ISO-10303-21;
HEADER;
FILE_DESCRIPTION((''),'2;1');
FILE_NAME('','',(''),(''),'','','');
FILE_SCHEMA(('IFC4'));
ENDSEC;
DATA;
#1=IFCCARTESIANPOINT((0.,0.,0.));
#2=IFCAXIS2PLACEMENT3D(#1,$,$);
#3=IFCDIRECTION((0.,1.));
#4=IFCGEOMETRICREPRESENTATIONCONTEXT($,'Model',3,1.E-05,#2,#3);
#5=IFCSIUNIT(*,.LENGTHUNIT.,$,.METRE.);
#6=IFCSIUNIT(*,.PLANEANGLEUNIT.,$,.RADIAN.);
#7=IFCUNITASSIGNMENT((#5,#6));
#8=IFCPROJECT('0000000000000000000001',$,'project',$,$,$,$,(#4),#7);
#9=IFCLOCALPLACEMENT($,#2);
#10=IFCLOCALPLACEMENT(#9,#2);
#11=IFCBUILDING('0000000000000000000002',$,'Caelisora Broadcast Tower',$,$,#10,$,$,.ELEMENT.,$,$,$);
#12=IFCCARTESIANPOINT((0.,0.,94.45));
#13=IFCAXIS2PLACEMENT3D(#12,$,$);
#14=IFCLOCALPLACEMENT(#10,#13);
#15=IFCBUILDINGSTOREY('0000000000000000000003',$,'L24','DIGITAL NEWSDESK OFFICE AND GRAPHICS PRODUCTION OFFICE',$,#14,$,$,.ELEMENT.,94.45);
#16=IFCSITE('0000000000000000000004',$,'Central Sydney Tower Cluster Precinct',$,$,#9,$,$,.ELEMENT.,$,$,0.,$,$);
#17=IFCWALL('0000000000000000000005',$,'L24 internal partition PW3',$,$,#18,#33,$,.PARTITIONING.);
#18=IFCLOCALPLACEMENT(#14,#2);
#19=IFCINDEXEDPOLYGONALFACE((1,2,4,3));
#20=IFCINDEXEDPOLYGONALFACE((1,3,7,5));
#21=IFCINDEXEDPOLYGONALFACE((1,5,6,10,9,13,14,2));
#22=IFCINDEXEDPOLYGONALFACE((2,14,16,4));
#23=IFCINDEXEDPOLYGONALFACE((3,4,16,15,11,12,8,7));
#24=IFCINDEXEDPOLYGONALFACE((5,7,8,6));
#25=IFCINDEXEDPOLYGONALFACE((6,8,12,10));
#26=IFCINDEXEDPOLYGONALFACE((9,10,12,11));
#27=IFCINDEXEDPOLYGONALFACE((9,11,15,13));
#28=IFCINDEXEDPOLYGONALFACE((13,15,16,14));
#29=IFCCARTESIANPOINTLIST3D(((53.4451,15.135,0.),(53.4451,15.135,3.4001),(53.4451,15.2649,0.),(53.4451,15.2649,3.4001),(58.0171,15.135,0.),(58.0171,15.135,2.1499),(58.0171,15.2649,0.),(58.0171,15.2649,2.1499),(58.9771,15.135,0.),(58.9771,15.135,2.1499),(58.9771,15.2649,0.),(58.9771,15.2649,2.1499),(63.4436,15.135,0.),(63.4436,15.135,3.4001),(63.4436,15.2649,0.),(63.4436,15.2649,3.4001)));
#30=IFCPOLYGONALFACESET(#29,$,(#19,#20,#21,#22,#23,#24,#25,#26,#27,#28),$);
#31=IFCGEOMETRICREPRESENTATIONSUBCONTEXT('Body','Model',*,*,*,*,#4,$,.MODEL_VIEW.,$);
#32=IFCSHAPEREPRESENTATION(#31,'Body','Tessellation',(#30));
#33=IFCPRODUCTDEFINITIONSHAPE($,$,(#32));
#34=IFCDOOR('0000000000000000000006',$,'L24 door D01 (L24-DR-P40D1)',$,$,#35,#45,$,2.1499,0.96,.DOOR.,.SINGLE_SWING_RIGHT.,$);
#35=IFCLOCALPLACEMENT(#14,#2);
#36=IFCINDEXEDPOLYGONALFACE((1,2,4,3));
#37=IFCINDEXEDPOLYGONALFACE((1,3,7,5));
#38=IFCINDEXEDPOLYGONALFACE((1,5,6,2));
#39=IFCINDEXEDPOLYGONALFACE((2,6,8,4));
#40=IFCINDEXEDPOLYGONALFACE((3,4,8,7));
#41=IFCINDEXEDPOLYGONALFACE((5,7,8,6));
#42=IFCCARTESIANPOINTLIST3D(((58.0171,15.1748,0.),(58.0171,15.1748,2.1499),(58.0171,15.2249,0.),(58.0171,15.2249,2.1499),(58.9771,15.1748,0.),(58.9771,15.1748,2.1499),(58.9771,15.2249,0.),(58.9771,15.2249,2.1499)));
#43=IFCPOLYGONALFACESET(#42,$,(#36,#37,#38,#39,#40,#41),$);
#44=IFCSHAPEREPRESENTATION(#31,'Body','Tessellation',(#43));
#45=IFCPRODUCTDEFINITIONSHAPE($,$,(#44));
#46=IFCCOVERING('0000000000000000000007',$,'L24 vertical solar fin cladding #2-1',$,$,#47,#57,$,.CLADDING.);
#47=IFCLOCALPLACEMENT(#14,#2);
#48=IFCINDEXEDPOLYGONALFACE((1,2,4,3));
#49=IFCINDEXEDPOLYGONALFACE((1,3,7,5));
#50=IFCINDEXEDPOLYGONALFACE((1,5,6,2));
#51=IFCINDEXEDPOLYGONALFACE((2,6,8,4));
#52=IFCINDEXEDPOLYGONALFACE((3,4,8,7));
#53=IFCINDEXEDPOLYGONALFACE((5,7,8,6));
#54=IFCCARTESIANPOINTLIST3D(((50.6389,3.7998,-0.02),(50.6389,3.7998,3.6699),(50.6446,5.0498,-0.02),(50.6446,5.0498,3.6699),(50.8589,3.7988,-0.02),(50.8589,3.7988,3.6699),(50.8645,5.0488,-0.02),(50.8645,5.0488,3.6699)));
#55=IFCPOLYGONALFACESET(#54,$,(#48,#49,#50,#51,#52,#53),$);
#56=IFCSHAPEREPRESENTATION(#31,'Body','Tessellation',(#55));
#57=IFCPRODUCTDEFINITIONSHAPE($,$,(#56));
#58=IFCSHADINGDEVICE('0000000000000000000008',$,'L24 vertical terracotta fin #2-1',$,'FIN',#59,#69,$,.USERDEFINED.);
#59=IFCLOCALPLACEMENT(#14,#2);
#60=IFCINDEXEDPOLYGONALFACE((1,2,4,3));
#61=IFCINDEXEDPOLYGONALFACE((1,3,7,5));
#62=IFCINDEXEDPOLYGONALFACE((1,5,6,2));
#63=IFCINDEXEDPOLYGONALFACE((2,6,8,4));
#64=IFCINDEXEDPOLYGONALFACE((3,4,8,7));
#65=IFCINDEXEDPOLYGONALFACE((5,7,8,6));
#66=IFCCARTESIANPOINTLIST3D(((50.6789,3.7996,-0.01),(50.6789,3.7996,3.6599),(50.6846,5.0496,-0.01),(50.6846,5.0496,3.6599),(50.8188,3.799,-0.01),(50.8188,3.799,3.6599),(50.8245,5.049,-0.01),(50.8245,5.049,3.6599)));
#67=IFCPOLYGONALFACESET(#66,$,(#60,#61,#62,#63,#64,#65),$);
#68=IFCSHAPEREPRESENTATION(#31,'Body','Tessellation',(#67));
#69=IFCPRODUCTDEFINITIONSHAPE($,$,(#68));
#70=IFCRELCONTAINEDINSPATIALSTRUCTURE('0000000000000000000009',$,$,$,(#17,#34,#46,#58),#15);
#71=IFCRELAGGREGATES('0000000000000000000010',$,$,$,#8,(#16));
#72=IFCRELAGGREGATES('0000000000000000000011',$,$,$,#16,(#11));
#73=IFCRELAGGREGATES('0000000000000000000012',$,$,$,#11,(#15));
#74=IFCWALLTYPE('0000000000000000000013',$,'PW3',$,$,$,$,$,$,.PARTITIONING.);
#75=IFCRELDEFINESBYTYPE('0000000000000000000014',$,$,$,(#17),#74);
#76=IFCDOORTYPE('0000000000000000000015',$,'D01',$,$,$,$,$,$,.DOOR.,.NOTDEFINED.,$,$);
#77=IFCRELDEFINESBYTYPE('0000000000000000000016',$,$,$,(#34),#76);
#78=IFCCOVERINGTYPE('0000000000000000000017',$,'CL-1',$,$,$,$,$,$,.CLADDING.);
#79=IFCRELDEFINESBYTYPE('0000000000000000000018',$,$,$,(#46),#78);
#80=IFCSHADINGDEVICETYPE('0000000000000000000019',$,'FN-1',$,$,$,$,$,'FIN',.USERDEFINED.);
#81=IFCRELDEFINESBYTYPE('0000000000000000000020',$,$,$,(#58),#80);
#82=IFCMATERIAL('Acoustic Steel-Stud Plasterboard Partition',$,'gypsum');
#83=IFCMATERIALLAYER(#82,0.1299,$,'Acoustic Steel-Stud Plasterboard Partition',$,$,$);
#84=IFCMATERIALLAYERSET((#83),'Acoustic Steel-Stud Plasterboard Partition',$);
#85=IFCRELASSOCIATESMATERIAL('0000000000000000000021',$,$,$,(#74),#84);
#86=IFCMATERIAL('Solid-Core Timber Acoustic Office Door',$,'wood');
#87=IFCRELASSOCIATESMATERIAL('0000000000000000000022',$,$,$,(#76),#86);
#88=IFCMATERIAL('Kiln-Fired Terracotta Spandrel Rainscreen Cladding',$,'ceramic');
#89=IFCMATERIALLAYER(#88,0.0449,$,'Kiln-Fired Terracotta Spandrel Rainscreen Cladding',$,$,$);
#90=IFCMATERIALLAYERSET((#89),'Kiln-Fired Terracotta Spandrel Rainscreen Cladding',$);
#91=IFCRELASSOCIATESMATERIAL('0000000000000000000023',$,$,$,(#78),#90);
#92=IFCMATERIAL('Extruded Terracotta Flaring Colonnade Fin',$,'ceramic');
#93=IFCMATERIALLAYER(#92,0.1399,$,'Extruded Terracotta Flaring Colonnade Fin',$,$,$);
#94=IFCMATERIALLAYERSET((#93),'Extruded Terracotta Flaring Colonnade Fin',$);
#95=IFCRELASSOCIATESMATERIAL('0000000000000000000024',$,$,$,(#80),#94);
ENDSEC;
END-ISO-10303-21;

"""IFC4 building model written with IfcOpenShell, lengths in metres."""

from ifc_helpers import new_model, si_unit, direction, frame, frame_2d, origin, origin_2d, place, context, subcontext, project, spatial, rectangle, extrude, source, transform, mapped, material, layer, layer_set, type_object, type_shapes, element, fill, save


model = new_model("IFC4")

# Units and contexts
model_context = context("Model", 3, precision=1e-05, world=origin(), true_north=direction((0.0, 1.0)))
body_context = subcontext(model_context, "Body", "Model", "MODEL_VIEW")
ifc_project = project(units=[si_unit("LENGTHUNIT", "METRE"), si_unit("PLANEANGLEUNIT", "RADIAN")], contexts=[model_context])

# Site, building, storey
site_placement = place(None, origin())
site = spatial("IfcSite", under=ifc_project, at=site_placement, Name="Central Sydney Tower Cluster Precinct", CompositionType="ELEMENT", RefElevation=0.0)
building_placement = place(site_placement, origin())
building = spatial("IfcBuilding", under=site, at=building_placement, Name="Caelisora Broadcast Tower", CompositionType="ELEMENT")
storey_placement = place(building_placement, frame((0.0, 0.0, 94.45)))
storey = spatial("IfcBuildingStorey", under=building, at=storey_placement, Name="L24", Description="DIGITAL NEWSDESK OFFICE AND GRAPHICS PRODUCTION OFFICE", CompositionType="ELEMENT", Elevation=94.45)

# Shared definitions
ifc_material_1 = material(Name="Acoustic Steel-Stud Plasterboard Partition", Category="gypsum")
ifc_layer_1 = layer(ifc_material_1, 0.1299, Name="Acoustic Steel-Stud Plasterboard Partition")
ifc_layer_set_1 = layer_set([ifc_layer_1], Name="Acoustic Steel-Stud Plasterboard Partition")
wall_type_1 = type_object("IfcWallType", Name="PW3", PredefinedType="PARTITIONING", material=ifc_layer_set_1)

# Wall, opening, door
wall_1_placement = place(storey_placement, frame((53.4451, 15.2, 0.0), z_axis=(0.0, 0.0, 1.0), x_axis=(1.0, 0.0, 0.0)))
wall_1 = element("IfcWall", 1, at=wall_1_placement, inside=storey, type_object=wall_type_1, Name="L24 internal partition PW3", PredefinedType="PARTITIONING", context=body_context, shape_type="SweptSolid", body=[
    extrude(rectangle(XDim=9.9985, YDim=0.1299, at=frame_2d((4.9993, 0.0))), origin(), (0.0, 0.0, 1.0), 3.4001),
])
opening_1_placement = place(wall_1_placement, frame((4.572, 0.0, 0.0)))
opening_1 = element("IfcOpeningElement", 2, at=opening_1_placement, cuts=wall_1, PredefinedType="OPENING", context=body_context, shape_type="SweptSolid", body=[
    extrude(rectangle(XDim=0.96, YDim=2.1499, at=frame_2d((0.48, 1.075))), frame((0.0, 0.0769, 0.0), z_axis=(0.0, -1.0, 0.0), x_axis=(1.0, 0.0, 0.0)), (0.0, 0.0, 1.0), 0.1538),
])
ifc_material_2 = material(Name="Solid-Core Timber Acoustic Office Door", Category="wood")
door_type = type_object("IfcDoorType", Name="D01", OperationType="NOTDEFINED", PredefinedType="DOOR", material=ifc_material_2)
door_placement = place(opening_1_placement, origin())
door = element("IfcDoor", 3, at=door_placement, inside=storey, type_object=door_type, Name="L24 door D01 (L24-DR-P40D1)", OperationType="SINGLE_SWING_RIGHT", OverallHeight=2.1499, OverallWidth=0.96, PredefinedType="DOOR", context=body_context, shape_type="SweptSolid", body=[
    extrude(rectangle(XDim=0.96, YDim=2.1499, at=frame_2d((0.48, 1.075))), frame((0.0, 0.0249, 0.0), z_axis=(0.0, -1.0, 0.0), x_axis=(1.0, 0.0, 0.0)), (0.0, 0.0, 1.0), 0.05),
])
fill(opening_1, door)

# Covering
ifc_material_3 = material(Name="Kiln-Fired Terracotta Spandrel Rainscreen Cladding", Category="ceramic")
ifc_layer_2 = layer(ifc_material_3, 0.0449, Name="Kiln-Fired Terracotta Spandrel Rainscreen Cladding")
ifc_layer_set_2 = layer_set([ifc_layer_2], Name="Kiln-Fired Terracotta Spandrel Rainscreen Cladding")
covering_type = type_object("IfcCoveringType", Name="CL-1", PredefinedType="CLADDING", material=ifc_layer_set_2)
shared_shape_1 = source(origin(), body_context, "Body", "SweptSolid", [
    extrude(rectangle(XDim=0.22, YDim=1.25, at=origin_2d()), origin(), (0.0, 0.0, 1.0), 3.6899),
])
type_shapes(covering_type, [shared_shape_1])
covering_placement = place(storey_placement, frame((50.7517, 4.4243, -0.02), z_axis=(0.0, 0.0, 1.0), x_axis=(-0.99999, 0.004538, 0.0)))
element("IfcCovering", 4, at=covering_placement, inside=storey, type_object=covering_type, Name="L24 vertical solar fin cladding #2-1", PredefinedType="CLADDING", context=body_context, shape_type="MappedRepresentation", body=[
    mapped(shared_shape_1, transform((0.0, 0.0, 0.0), scale=1.0)),
])

# Shading device
ifc_material_4 = material(Name="Extruded Terracotta Flaring Colonnade Fin", Category="ceramic")
ifc_layer_3 = layer(ifc_material_4, 0.1399, Name="Extruded Terracotta Flaring Colonnade Fin")
ifc_layer_set_3 = layer_set([ifc_layer_3], Name="Extruded Terracotta Flaring Colonnade Fin")
shading_device_type = type_object("IfcShadingDeviceType", Name="FN-1", ElementType="FIN", PredefinedType="USERDEFINED", material=ifc_layer_set_3)
shared_shape_2 = source(origin(), body_context, "Body", "SweptSolid", [
    extrude(rectangle(XDim=0.1399, YDim=1.25, at=origin_2d()), origin(), (0.0, 0.0, 1.0), 3.6699),
])
type_shapes(shading_device_type, [shared_shape_2])
shading_device_placement = place(storey_placement, frame((50.7517, 4.4243, -0.01), z_axis=(0.0, 0.0, 1.0), x_axis=(-0.99999, 0.004538, 0.0)))
element("IfcShadingDevice", 5, at=shading_device_placement, inside=storey, type_object=shading_device_type, Name="L24 vertical terracotta fin #2-1", ObjectType="FIN", PredefinedType="USERDEFINED", context=body_context, shape_type="MappedRepresentation", body=[
    mapped(shared_shape_2, transform((0.0, 0.0, 0.0), scale=1.0)),
])

save(model, "model.ifc")
